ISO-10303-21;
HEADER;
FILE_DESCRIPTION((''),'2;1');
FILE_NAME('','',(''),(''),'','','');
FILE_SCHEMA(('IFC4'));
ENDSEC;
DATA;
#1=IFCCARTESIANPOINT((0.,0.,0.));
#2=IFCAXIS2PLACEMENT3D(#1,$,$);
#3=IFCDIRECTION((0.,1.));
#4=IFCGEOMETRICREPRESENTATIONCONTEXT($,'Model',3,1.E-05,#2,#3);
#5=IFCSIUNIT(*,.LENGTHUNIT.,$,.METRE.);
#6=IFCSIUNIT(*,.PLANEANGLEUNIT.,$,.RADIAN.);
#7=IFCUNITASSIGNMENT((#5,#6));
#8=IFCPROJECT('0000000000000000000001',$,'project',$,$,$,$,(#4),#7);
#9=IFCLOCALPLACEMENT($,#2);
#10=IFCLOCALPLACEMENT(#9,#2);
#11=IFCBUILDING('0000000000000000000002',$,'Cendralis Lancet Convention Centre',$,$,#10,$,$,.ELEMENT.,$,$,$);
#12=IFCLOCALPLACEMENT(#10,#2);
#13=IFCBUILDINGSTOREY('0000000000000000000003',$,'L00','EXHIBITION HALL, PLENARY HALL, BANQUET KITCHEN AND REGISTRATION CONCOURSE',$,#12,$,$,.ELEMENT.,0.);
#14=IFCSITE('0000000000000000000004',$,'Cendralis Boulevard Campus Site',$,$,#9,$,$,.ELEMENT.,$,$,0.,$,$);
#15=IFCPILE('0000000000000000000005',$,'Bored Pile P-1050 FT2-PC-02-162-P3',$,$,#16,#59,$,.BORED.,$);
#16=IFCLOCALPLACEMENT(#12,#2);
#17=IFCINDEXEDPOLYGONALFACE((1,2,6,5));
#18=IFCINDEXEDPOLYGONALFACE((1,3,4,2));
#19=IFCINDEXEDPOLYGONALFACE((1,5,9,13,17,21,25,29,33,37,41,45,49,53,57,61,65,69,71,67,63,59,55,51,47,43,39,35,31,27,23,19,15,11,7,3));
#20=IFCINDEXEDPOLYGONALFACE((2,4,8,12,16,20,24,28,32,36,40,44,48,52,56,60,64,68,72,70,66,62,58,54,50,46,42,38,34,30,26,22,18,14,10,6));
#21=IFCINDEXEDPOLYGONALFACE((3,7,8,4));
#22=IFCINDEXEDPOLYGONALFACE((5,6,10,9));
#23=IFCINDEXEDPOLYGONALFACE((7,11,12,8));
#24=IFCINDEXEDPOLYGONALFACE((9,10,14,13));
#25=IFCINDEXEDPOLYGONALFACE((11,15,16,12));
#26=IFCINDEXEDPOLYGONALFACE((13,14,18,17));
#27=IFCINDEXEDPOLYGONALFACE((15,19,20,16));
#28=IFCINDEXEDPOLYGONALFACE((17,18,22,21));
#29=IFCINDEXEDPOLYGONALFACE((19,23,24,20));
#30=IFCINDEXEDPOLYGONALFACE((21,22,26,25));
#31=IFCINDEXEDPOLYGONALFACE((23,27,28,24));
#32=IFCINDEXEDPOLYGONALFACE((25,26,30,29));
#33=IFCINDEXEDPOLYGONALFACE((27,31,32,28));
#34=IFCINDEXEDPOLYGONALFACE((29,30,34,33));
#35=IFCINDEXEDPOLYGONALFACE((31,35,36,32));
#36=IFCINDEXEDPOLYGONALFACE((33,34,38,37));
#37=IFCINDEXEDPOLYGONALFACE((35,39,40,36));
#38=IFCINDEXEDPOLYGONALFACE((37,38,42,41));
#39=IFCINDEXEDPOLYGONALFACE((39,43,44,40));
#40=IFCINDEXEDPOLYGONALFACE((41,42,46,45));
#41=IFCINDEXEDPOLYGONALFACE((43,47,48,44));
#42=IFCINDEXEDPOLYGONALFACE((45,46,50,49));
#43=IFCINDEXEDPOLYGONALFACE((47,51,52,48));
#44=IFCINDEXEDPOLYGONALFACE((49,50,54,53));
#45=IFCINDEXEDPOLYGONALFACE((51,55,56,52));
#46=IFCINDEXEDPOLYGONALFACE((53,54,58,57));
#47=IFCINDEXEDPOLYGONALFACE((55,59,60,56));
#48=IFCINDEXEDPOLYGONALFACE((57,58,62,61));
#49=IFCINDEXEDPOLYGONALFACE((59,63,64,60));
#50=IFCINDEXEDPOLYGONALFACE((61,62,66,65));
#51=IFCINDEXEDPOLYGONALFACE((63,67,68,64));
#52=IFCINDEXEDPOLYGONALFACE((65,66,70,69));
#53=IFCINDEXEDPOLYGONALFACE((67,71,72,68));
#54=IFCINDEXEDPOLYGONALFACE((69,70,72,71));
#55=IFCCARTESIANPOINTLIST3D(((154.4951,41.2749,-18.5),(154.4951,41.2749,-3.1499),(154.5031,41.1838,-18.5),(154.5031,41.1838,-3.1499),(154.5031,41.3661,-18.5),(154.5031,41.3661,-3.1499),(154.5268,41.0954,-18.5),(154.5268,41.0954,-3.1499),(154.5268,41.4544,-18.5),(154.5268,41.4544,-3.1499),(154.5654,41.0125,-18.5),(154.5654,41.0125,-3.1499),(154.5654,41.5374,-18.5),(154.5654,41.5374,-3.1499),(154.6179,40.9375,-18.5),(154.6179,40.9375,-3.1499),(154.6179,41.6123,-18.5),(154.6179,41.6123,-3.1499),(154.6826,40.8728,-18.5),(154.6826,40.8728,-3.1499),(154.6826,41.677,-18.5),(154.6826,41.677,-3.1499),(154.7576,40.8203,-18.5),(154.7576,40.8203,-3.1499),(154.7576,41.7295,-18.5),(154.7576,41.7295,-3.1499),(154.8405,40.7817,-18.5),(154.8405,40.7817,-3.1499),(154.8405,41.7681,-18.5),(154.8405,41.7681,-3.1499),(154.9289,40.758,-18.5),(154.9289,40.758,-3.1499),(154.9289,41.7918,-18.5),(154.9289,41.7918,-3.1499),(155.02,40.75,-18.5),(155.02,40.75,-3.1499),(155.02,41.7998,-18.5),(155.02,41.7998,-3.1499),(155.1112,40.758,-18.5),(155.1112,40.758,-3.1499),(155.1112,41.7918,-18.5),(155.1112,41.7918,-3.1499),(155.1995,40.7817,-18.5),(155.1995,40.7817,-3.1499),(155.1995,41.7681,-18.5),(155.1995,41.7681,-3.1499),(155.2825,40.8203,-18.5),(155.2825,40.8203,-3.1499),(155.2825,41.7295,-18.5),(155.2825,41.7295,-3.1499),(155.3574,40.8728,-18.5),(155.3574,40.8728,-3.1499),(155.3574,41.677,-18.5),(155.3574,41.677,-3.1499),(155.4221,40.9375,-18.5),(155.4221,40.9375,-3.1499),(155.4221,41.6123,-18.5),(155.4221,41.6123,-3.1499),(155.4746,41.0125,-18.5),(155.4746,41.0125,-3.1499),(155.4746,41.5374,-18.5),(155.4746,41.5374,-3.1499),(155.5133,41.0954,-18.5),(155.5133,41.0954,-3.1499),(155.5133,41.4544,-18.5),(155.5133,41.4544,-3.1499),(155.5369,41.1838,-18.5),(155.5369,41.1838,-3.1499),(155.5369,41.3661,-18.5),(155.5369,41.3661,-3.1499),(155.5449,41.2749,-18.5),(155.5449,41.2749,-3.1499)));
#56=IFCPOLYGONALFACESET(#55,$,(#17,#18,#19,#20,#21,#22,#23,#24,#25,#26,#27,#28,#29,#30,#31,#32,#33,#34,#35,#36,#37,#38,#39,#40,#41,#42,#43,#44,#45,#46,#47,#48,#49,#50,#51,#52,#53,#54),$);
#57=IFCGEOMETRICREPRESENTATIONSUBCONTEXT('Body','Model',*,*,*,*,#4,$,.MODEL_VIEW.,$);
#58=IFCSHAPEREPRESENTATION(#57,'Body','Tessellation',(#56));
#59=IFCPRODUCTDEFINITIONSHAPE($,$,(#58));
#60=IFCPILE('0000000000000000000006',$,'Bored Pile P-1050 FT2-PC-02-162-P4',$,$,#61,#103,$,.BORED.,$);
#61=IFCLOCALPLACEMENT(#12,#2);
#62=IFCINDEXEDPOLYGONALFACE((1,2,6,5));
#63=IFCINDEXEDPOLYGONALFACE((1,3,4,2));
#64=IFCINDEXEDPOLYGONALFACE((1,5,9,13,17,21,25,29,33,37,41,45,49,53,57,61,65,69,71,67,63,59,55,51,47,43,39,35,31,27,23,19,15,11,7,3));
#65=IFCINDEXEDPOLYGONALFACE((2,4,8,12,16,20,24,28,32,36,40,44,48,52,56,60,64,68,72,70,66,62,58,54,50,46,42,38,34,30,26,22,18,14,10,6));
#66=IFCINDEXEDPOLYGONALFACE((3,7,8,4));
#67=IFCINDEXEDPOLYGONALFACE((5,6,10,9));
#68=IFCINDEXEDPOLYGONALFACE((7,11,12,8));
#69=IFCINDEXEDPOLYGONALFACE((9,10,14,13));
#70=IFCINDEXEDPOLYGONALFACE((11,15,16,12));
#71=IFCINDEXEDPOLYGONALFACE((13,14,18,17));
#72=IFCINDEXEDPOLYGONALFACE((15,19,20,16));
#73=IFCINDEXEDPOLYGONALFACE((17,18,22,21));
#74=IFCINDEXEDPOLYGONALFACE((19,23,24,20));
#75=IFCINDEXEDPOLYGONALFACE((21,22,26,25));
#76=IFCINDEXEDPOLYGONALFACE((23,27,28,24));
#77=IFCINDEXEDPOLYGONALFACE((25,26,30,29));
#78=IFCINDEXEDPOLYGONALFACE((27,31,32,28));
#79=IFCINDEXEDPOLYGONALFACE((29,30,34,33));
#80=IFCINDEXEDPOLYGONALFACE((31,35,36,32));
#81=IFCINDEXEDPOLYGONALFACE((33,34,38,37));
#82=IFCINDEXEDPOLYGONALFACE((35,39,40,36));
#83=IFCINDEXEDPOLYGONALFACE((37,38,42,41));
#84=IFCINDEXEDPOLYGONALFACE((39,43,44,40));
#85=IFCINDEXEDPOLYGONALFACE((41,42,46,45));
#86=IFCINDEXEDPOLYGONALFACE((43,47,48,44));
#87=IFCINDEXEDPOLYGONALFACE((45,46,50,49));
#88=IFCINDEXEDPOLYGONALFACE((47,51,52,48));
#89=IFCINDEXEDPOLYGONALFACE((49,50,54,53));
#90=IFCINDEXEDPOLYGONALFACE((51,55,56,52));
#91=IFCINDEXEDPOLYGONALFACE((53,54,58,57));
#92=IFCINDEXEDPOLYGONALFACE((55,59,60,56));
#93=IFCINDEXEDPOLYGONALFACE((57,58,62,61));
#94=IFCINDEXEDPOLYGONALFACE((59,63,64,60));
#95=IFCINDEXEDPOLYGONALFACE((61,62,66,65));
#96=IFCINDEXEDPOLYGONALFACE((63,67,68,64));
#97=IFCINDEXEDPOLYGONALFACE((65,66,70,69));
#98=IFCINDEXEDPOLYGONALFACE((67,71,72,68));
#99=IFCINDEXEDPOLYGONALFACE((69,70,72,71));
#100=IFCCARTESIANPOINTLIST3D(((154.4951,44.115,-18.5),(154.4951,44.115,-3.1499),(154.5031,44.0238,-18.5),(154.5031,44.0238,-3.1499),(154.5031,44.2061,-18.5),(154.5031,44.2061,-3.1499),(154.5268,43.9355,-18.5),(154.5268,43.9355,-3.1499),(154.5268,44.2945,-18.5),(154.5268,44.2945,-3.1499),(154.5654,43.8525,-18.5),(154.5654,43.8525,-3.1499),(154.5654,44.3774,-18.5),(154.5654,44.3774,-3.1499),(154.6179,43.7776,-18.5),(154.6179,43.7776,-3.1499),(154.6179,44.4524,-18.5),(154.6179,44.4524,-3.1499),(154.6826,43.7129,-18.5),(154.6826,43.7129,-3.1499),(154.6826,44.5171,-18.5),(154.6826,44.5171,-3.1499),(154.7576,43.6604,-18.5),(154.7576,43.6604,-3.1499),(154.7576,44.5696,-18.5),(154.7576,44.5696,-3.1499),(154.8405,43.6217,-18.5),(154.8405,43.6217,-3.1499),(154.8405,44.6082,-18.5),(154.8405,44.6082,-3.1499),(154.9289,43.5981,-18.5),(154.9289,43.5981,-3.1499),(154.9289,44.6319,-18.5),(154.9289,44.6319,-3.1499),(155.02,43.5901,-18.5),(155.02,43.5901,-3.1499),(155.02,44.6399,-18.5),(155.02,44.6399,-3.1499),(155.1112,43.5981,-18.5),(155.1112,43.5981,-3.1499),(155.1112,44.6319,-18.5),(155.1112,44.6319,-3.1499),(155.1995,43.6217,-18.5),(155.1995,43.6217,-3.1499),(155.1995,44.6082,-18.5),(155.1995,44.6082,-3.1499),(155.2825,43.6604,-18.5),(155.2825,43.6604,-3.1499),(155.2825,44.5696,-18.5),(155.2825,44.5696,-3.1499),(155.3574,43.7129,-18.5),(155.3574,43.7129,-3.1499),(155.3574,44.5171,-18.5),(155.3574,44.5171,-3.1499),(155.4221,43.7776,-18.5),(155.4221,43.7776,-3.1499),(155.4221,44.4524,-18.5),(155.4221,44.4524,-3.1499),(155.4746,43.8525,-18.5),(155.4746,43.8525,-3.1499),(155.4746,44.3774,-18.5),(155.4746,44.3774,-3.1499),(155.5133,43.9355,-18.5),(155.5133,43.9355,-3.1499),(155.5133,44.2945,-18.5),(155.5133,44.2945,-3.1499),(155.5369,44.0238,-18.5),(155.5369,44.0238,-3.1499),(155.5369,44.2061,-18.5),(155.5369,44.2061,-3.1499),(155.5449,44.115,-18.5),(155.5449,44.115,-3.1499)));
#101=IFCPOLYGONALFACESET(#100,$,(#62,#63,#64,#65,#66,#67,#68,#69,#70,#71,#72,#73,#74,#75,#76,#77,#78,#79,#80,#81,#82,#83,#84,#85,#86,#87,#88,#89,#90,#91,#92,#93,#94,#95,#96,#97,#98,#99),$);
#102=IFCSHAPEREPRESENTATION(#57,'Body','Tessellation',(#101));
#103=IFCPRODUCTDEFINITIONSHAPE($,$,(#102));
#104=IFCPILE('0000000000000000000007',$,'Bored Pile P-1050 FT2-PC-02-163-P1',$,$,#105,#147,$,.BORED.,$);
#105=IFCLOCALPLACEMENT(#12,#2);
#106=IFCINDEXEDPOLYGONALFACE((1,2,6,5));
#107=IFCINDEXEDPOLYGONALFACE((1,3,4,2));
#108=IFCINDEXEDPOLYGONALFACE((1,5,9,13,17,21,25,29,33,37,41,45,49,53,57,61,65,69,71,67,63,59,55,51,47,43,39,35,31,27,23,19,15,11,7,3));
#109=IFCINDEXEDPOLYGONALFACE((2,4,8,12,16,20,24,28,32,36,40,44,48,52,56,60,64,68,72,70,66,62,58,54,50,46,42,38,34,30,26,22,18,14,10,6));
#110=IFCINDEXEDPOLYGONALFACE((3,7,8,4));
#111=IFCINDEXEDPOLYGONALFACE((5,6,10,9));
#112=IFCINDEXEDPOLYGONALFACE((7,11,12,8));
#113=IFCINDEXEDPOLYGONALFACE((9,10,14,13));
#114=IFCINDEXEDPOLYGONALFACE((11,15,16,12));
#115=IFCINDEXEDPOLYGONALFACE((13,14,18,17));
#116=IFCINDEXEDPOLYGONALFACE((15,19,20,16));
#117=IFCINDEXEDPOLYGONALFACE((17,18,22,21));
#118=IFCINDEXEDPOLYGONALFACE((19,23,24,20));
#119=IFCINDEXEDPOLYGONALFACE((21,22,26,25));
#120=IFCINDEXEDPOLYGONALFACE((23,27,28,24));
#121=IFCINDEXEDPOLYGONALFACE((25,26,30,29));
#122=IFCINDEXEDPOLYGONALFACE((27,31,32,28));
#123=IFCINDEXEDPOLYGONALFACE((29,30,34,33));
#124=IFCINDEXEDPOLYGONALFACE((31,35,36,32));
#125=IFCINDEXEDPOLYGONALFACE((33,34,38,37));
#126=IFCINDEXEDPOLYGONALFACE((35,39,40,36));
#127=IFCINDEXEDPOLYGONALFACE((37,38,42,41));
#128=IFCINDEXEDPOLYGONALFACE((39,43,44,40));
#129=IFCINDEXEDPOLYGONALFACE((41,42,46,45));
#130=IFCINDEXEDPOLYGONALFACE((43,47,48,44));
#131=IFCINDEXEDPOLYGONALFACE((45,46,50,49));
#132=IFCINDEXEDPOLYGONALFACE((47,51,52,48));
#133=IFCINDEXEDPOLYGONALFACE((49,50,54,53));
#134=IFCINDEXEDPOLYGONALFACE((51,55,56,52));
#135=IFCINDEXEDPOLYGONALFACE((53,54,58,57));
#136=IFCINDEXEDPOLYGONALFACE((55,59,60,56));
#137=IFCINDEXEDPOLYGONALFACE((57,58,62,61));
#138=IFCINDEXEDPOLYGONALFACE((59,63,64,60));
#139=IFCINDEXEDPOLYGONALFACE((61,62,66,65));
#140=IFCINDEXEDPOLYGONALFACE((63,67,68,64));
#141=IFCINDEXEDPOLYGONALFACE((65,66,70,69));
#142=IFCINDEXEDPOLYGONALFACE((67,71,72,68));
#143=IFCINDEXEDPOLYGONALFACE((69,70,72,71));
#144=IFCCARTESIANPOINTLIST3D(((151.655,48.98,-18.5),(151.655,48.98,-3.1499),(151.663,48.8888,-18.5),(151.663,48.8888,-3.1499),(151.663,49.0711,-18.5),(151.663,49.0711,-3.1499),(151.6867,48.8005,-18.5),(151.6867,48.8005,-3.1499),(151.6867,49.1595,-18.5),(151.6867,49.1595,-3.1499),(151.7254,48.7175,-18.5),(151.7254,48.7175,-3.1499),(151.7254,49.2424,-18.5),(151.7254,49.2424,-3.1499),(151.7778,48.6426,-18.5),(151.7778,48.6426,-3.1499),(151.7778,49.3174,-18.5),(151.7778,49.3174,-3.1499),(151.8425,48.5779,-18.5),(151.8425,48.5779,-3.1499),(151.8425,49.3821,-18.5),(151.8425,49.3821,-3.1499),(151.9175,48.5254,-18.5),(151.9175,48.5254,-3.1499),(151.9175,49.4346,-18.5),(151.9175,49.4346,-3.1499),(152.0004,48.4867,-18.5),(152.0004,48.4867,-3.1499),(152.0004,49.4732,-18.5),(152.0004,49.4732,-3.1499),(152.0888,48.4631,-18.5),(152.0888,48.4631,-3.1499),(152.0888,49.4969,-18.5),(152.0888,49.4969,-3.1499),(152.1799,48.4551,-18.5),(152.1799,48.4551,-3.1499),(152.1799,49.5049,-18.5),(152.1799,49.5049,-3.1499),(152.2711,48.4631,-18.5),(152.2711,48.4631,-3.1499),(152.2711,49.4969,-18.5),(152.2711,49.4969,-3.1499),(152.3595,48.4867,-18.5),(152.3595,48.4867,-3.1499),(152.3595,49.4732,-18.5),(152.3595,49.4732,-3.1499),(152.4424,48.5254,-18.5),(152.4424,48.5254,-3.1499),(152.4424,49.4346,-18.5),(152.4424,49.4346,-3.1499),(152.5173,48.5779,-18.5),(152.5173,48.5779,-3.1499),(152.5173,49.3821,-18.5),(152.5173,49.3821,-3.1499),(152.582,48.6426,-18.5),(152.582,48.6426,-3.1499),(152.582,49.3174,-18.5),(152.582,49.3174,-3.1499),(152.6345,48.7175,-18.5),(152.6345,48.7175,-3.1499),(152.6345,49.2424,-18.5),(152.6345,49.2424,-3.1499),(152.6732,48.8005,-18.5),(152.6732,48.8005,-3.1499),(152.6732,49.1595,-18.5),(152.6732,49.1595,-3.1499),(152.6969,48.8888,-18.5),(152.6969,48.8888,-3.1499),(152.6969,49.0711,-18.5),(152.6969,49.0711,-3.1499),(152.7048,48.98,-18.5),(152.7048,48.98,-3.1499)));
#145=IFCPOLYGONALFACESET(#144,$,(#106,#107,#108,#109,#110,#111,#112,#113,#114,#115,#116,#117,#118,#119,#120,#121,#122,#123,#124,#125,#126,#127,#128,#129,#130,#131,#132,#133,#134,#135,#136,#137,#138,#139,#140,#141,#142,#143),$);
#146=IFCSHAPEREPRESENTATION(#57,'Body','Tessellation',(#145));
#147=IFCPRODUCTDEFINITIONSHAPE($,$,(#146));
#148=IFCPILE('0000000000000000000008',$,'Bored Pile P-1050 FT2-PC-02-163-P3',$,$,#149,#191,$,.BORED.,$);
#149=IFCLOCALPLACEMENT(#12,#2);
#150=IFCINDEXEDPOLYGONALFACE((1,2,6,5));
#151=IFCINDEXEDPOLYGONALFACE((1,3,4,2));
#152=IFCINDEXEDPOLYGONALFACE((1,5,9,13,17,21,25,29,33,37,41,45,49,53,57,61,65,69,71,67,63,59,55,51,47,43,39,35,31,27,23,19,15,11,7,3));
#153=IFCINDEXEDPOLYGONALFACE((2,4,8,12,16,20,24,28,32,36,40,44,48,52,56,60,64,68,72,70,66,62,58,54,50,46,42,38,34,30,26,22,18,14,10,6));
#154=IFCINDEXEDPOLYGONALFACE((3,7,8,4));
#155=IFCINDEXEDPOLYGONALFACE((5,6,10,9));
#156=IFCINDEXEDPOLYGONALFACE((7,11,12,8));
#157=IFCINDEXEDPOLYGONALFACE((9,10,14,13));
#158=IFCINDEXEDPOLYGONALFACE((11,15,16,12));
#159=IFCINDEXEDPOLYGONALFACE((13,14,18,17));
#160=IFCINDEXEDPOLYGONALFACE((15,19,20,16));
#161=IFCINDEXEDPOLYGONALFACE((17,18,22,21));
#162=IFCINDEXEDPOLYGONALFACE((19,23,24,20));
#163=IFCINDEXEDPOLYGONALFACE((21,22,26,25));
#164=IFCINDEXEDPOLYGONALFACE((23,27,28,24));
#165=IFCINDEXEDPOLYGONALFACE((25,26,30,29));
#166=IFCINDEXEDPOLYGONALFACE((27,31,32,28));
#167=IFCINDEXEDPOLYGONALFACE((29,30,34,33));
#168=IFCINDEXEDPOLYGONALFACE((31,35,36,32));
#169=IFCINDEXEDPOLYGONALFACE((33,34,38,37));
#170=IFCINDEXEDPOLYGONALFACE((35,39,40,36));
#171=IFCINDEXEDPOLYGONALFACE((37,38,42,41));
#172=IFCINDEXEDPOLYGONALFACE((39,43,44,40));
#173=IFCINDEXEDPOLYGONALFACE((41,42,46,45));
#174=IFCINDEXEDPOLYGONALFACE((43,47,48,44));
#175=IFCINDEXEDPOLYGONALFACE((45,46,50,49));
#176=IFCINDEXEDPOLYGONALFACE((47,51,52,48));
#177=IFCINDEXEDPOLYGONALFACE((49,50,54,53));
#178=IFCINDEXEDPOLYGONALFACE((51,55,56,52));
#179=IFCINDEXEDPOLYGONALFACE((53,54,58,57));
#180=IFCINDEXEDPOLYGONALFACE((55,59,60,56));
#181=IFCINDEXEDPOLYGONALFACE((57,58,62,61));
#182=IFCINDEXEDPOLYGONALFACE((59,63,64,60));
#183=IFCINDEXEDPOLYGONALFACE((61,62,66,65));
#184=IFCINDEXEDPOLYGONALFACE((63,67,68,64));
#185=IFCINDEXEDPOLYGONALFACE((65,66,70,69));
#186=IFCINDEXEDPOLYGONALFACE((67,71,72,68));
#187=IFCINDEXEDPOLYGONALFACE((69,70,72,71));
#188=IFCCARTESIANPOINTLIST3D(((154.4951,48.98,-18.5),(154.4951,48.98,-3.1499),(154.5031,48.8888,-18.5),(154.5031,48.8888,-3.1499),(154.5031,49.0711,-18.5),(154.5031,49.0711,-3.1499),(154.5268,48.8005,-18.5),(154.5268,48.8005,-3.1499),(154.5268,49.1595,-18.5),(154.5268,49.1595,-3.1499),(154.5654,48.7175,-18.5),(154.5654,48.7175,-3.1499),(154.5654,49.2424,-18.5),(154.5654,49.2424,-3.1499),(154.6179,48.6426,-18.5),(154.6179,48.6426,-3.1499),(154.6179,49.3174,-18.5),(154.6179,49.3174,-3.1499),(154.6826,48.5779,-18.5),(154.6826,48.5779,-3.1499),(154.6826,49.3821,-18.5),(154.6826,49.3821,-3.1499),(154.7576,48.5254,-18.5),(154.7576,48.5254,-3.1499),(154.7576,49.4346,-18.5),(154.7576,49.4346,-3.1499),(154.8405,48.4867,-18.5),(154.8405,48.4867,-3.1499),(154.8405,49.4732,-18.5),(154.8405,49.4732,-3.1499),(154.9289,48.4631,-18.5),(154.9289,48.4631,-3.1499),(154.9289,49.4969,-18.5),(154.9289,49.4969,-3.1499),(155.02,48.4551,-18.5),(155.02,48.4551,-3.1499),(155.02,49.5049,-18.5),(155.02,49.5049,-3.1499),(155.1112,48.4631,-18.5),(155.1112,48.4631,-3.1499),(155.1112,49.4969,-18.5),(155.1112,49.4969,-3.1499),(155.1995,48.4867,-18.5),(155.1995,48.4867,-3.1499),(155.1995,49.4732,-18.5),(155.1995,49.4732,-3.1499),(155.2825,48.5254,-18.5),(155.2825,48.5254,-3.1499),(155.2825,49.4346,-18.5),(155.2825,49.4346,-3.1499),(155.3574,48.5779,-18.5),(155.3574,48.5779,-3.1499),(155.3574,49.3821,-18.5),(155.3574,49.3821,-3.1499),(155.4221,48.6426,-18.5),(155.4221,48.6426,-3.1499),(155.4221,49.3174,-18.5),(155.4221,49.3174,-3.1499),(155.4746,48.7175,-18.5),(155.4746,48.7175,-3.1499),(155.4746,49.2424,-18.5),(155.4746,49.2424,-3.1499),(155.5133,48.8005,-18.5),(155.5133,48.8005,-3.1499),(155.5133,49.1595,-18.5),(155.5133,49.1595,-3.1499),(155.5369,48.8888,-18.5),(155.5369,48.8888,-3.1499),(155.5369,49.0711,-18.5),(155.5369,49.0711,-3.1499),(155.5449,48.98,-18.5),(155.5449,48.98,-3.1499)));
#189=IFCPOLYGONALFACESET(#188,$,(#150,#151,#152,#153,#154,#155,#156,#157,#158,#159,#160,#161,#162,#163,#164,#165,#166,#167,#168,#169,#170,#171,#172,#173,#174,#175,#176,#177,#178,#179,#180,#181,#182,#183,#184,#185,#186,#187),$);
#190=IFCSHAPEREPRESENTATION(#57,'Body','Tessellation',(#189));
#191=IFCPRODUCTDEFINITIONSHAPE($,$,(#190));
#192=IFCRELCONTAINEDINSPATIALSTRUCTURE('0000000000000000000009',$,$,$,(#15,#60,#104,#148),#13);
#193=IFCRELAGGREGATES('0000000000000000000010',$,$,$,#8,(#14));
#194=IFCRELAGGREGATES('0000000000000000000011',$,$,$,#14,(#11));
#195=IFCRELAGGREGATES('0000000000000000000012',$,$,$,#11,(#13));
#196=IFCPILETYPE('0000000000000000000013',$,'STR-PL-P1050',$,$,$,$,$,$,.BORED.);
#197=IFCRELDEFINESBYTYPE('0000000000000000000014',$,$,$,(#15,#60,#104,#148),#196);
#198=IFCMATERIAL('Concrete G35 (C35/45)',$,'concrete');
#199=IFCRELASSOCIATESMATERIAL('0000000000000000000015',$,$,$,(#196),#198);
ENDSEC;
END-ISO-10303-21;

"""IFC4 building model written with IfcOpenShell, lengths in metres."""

from ifc_helpers import new_model, si_unit, direction, frame, origin, origin_2d, place, context, subcontext, project, spatial, circle, extrude, material, material_profile, profile_set, type_object, element, save


model = new_model("IFC4")

# Units and contexts
model_context = context("Model", 3, precision=1e-05, world=origin(), true_north=direction((0.0, 1.0)))
body_context = subcontext(model_context, "Body", "Model", "MODEL_VIEW")
ifc_project = project(units=[si_unit("LENGTHUNIT", "METRE"), si_unit("PLANEANGLEUNIT", "RADIAN")], contexts=[model_context])

# Site, building, storey
site_placement = place(None, origin())
site = spatial("IfcSite", under=ifc_project, at=site_placement, Name="Cendralis Boulevard Campus Site", CompositionType="ELEMENT", RefElevation=0.0)
building_placement = place(site_placement, origin())
building = spatial("IfcBuilding", under=site, at=building_placement, Name="Cendralis Lancet Convention Centre", CompositionType="ELEMENT")
storey_placement = place(building_placement, origin())
storey = spatial("IfcBuildingStorey", under=building, at=storey_placement, Name="L00", Description="EXHIBITION HALL, PLENARY HALL, BANQUET KITCHEN AND REGISTRATION CONCOURSE", CompositionType="ELEMENT", Elevation=0.0)

# Shared definitions
ifc_material_1 = material(Name="Concrete G35 (C35/45)", Category="concrete")

# Piles
ifc_material_profile_1 = material_profile(ifc_material_1, circle(Radius=0.5249, at=origin_2d()), Name="BORED PILE D1050")
ifc_profile_set_1 = profile_set([ifc_material_profile_1], Name="Concrete G35 (C35/45)")
pile_type_1 = type_object("IfcPileType", Name="STR-PL-P1050", PredefinedType="BORED", material=ifc_profile_set_1)
for number, where, z_axis, x_axis, name in (
    (1, (155.02, 41.2749, -3.1499), (0.0, 0.0, -1.0), (1.0, 0.0, 0.0), "Bored Pile P-1050 FT2-PC-02-162-P3"),
    (2, (155.02, 44.115, -3.1499), (0.0, 0.0, -1.0), (1.0, 0.0, 0.0), "Bored Pile P-1050 FT2-PC-02-162-P4"),
    (3, (152.1799, 48.98, -3.1499), (0.0, 0.0, -1.0), (1.0, 0.0, 0.0), "Bored Pile P-1050 FT2-PC-02-163-P1"),
    (4, (155.02, 48.98, -3.1499), (0.0, 0.0, -1.0), (1.0, 0.0, 0.0), "Bored Pile P-1050 FT2-PC-02-163-P3"),
):
    element("IfcPile", number, at=place(storey_placement, frame(where, z_axis=z_axis, x_axis=x_axis)), inside=storey, type_object=pile_type_1, Name=name, PredefinedType="BORED", context=body_context, shape_type="SweptSolid", body=[
        extrude(circle(Radius=0.5249, at=origin_2d()), origin(), (0.0, 0.0, 1.0), 15.3501),
    ])

save(model, "model.ifc")
